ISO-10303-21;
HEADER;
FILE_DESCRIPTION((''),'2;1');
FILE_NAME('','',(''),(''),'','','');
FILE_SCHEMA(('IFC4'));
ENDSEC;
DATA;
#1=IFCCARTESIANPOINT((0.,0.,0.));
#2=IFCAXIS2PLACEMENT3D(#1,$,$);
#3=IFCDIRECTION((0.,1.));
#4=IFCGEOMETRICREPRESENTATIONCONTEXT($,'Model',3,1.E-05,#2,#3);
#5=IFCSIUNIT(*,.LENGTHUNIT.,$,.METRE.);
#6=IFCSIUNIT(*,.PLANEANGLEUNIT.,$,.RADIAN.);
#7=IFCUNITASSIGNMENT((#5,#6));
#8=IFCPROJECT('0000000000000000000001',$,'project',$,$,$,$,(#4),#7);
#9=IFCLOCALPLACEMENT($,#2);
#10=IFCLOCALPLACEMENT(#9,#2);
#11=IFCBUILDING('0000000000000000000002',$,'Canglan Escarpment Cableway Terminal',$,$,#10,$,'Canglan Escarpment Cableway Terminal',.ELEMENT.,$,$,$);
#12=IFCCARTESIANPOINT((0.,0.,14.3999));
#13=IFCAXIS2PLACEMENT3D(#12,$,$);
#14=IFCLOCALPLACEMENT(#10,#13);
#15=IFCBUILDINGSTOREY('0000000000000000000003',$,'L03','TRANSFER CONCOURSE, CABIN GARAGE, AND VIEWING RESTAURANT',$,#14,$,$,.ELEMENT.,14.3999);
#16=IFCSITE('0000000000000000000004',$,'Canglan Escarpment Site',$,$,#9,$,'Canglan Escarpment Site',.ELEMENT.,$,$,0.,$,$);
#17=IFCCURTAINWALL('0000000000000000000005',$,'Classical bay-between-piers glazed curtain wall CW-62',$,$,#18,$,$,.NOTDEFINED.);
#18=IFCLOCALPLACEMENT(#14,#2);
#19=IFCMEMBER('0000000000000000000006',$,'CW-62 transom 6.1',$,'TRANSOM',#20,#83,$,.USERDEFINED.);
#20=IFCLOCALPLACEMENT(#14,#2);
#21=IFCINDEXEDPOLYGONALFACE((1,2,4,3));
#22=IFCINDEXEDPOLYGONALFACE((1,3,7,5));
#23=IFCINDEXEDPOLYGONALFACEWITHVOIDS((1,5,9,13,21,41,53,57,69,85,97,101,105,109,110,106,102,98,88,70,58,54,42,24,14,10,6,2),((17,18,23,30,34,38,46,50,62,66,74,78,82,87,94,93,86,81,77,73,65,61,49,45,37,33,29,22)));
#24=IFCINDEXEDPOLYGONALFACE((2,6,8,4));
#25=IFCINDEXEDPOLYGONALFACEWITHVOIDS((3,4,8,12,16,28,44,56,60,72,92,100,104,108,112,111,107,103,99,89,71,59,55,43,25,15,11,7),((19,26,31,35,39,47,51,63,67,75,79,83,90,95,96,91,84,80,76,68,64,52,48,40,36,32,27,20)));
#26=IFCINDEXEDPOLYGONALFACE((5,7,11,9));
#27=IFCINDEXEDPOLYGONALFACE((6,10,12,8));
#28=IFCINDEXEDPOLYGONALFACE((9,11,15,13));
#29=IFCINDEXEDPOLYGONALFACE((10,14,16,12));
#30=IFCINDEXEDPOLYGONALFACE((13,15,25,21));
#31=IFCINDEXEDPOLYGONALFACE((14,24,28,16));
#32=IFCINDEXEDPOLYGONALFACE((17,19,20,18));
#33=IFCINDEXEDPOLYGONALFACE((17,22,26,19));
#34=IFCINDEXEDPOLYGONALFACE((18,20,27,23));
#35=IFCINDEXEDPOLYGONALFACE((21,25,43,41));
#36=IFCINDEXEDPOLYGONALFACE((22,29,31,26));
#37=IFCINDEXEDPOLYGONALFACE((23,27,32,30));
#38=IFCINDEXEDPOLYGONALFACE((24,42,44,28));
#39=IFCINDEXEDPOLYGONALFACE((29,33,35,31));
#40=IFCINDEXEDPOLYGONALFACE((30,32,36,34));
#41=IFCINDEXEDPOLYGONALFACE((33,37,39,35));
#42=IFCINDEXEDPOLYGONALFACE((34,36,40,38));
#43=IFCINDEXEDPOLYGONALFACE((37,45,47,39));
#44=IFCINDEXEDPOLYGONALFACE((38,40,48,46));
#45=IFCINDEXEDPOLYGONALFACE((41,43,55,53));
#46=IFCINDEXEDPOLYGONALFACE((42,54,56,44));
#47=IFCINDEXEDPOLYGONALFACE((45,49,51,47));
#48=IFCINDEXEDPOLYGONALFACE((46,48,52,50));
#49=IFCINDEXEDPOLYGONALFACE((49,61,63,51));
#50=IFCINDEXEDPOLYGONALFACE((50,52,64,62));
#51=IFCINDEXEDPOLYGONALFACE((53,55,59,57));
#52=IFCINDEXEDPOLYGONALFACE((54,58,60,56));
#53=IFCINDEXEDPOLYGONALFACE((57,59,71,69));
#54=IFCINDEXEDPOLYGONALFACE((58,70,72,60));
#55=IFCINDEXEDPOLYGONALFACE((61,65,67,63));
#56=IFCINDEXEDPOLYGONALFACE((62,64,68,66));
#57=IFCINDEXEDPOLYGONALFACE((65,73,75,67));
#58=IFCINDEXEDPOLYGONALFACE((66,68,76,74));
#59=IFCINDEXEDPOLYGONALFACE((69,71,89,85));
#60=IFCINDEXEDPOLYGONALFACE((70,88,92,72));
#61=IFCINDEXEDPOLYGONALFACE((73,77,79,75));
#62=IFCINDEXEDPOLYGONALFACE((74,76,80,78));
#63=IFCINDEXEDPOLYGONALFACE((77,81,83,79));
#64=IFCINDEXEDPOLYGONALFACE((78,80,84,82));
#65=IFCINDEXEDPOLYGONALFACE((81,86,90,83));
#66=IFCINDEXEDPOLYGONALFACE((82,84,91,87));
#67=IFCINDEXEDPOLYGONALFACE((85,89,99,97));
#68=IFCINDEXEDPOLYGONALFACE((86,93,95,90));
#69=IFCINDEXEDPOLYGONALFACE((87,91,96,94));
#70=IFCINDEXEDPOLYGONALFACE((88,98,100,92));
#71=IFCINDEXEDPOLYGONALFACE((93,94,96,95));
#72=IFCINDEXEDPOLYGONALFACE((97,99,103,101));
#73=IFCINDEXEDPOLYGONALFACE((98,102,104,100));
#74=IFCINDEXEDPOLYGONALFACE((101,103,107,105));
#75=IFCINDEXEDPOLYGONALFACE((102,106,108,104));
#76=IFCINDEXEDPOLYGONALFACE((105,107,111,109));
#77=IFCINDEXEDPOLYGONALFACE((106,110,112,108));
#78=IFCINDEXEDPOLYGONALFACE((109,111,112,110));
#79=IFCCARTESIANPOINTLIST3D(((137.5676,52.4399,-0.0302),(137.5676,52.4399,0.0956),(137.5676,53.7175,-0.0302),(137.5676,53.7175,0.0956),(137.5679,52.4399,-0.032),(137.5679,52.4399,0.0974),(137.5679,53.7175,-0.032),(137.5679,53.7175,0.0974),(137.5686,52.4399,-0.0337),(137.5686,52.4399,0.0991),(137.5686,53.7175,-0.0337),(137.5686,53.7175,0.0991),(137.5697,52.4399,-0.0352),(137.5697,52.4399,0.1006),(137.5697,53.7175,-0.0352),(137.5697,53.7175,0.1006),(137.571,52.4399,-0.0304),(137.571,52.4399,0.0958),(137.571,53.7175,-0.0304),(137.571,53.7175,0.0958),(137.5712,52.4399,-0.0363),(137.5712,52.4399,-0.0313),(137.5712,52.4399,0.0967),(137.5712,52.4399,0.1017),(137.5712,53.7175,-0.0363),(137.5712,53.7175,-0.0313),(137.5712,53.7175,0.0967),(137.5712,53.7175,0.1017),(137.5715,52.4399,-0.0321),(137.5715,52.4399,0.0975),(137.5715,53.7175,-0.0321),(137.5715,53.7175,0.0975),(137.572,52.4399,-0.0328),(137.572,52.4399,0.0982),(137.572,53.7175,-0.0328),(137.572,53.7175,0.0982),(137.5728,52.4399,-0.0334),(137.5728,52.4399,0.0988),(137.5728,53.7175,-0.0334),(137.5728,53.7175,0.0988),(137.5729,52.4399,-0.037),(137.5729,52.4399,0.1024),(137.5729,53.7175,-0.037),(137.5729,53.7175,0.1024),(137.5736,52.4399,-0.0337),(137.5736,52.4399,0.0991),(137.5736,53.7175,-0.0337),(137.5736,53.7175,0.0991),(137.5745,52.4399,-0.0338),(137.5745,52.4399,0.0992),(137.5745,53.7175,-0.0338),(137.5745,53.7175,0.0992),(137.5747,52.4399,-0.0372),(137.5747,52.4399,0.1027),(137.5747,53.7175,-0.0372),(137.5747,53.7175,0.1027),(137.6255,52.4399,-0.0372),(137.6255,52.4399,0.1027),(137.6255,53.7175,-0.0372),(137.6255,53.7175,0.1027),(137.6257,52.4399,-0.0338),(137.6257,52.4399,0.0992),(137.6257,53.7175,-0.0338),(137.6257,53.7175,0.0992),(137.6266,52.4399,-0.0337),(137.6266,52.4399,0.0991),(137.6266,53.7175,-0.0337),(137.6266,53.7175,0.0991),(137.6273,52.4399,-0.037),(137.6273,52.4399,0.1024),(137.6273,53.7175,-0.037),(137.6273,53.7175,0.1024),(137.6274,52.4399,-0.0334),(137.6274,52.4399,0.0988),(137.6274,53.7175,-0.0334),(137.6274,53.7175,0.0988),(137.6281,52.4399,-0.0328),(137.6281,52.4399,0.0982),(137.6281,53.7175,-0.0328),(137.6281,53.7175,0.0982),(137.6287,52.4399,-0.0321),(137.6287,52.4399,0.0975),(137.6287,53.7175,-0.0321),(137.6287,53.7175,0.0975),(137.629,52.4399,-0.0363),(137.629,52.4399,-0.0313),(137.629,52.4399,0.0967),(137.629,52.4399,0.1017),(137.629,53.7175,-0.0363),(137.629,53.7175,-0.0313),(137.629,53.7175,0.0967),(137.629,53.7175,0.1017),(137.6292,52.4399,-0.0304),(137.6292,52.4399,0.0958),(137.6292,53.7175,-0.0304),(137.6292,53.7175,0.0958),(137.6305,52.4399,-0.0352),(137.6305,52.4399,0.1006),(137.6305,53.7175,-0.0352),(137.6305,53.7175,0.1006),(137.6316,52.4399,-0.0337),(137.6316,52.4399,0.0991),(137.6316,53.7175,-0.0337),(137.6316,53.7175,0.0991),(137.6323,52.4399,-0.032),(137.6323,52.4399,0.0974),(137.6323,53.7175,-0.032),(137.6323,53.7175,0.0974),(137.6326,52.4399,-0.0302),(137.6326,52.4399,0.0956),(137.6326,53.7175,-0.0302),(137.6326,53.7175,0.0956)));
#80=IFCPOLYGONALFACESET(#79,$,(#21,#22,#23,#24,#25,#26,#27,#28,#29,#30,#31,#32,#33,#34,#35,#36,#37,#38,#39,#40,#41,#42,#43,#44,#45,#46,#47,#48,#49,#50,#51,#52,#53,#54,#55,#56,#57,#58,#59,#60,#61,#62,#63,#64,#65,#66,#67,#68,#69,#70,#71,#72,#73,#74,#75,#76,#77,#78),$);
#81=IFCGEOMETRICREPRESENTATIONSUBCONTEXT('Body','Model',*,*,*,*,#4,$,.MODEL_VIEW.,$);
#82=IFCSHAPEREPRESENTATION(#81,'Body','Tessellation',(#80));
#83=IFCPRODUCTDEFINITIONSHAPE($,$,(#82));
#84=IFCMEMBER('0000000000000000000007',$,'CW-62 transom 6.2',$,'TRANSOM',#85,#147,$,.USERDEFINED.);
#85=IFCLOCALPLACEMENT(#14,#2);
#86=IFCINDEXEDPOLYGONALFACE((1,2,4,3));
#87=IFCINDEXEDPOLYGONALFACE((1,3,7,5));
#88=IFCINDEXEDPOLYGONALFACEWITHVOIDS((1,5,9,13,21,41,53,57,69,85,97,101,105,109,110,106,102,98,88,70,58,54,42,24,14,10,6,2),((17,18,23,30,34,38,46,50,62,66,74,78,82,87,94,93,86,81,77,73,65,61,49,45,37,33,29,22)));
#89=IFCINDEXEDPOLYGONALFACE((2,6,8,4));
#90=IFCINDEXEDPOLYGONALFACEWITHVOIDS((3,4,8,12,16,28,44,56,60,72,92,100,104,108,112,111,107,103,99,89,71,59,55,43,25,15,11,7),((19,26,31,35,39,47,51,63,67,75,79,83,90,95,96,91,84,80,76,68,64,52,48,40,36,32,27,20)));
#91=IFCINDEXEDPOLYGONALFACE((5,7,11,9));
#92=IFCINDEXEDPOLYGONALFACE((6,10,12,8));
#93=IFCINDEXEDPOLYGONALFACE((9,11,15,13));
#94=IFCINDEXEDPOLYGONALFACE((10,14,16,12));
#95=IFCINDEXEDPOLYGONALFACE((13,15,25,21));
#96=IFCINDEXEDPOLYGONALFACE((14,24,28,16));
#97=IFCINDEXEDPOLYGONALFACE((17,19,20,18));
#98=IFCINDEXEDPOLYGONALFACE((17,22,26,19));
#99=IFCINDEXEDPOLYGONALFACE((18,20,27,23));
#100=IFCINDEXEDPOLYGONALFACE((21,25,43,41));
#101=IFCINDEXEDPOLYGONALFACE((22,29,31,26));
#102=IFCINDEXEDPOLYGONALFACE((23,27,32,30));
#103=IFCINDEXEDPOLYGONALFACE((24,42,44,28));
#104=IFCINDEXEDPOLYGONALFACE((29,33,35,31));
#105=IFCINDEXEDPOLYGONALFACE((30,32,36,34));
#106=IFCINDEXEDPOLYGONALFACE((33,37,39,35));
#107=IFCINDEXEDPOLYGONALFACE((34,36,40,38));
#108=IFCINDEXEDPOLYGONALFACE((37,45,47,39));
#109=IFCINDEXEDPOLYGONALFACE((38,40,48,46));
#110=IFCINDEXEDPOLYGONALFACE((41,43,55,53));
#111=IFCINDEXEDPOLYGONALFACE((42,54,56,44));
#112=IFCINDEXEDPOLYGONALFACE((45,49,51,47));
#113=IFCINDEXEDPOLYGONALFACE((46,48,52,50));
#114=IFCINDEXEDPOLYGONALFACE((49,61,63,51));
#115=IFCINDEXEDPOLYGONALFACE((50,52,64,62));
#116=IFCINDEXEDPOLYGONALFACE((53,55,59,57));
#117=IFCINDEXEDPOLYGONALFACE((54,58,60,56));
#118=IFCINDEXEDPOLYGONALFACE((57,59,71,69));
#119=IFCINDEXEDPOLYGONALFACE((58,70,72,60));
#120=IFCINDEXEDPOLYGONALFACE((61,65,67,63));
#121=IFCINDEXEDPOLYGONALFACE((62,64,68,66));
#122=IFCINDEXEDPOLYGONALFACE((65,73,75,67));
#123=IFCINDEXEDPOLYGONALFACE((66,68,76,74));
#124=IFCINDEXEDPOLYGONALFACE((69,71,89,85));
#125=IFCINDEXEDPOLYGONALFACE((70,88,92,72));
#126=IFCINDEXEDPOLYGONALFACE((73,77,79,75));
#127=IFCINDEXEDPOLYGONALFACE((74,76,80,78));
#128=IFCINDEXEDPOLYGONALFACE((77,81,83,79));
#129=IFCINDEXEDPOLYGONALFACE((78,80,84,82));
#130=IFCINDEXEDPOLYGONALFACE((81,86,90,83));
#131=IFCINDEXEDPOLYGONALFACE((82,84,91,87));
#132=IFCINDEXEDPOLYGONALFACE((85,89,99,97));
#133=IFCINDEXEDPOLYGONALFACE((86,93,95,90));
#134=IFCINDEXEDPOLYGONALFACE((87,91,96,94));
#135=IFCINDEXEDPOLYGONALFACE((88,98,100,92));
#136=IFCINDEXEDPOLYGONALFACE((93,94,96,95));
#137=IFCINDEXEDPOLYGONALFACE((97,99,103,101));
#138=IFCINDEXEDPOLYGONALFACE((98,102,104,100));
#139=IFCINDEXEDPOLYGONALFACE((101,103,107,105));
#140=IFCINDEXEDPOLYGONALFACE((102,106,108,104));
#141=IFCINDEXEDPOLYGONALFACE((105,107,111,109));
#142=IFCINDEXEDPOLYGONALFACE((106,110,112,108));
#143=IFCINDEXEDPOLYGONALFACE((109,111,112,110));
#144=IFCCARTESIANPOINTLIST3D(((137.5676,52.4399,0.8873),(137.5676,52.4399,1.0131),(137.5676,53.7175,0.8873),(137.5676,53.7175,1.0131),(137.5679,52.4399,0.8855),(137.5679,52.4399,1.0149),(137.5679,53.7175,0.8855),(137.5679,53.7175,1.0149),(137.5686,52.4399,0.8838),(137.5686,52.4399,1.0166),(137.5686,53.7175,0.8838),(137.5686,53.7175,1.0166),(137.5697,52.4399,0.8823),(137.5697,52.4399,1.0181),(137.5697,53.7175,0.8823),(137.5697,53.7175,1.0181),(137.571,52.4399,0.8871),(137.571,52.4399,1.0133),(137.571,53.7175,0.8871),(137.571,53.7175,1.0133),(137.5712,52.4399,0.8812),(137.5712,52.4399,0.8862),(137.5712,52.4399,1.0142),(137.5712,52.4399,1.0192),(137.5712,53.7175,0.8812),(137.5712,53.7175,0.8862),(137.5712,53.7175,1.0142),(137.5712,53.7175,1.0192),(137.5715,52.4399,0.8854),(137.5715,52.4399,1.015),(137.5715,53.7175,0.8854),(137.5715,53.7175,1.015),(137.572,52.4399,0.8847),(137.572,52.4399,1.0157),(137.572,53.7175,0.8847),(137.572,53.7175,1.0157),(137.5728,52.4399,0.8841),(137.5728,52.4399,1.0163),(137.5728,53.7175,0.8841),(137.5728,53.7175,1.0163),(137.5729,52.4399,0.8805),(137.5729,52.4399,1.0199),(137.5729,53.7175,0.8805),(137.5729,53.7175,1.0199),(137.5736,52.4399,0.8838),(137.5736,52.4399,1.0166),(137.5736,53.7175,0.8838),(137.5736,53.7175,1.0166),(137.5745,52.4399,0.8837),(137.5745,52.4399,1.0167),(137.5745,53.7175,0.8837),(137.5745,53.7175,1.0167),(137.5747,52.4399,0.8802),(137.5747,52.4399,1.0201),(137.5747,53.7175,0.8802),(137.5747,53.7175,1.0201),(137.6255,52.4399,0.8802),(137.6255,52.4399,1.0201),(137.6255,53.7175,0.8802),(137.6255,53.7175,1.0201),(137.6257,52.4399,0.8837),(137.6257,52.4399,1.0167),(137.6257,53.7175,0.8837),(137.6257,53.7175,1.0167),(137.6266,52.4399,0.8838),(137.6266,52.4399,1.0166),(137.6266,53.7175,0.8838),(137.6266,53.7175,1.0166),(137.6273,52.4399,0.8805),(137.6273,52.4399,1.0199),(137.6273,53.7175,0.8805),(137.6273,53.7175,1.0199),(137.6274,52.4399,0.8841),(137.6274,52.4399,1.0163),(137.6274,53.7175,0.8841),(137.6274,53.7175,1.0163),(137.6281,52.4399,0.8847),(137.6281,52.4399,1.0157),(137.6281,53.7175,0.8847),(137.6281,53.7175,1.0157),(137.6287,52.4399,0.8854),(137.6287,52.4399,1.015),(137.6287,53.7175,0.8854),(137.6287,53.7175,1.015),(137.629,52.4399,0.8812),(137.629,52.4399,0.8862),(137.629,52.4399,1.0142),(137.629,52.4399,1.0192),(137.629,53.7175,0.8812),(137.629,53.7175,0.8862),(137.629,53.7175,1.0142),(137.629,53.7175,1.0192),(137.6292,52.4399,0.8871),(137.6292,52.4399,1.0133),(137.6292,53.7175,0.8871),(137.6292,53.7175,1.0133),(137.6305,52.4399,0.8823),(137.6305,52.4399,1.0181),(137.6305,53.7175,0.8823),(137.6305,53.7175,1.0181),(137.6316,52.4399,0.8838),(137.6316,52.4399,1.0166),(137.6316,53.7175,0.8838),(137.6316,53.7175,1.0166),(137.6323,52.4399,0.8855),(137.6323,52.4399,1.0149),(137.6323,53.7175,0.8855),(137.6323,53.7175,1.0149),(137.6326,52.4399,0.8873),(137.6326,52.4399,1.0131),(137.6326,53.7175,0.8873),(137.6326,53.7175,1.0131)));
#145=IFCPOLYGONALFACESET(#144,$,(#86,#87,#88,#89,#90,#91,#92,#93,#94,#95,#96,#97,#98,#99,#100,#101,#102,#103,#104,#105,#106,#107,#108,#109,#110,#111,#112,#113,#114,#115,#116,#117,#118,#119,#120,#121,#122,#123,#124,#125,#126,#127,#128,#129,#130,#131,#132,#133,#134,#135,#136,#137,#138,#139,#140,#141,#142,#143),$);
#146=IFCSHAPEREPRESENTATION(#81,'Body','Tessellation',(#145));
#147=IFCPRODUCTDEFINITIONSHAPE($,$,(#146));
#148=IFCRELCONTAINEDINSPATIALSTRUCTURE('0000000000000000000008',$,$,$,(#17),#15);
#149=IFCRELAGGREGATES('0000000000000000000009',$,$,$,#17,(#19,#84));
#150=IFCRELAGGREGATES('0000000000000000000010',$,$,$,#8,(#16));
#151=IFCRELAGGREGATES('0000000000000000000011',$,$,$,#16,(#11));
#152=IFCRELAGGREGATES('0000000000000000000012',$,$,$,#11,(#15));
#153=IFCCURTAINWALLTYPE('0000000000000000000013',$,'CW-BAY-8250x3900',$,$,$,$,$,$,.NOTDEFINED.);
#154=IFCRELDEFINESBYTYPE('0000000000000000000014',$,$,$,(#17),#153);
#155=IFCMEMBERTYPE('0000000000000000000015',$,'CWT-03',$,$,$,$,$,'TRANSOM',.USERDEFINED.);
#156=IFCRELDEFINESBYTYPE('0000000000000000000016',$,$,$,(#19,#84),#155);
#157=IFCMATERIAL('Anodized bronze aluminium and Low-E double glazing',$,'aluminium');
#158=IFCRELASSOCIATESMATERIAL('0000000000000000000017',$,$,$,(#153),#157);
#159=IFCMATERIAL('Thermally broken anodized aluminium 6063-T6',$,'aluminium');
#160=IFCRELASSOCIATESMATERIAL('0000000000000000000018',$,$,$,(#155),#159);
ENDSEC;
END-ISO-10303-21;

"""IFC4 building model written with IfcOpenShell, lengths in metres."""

from ifc_helpers import new_model, si_unit, direction, frame, origin, origin_2d, place, context, subcontext, project, spatial, hollow_rectangle, extrude, material, material_profile, profile_set, type_object, element, aggregate, save


model = new_model("IFC4")

# Units and contexts
model_context = context("Model", 3, precision=1e-05, world=origin(), true_north=direction((0.0, 1.0)))
body_context = subcontext(model_context, "Body", "Model", "MODEL_VIEW")
ifc_project = project(units=[si_unit("LENGTHUNIT", "METRE"), si_unit("PLANEANGLEUNIT", "RADIAN")], contexts=[model_context])

# Site, building, storey
site_placement = place(None, origin())
site = spatial("IfcSite", under=ifc_project, at=site_placement, Name="Canglan Escarpment Site", LongName="Canglan Escarpment Site", CompositionType="ELEMENT", RefElevation=0.0)
building_placement = place(site_placement, origin())
building = spatial("IfcBuilding", under=site, at=building_placement, Name="Canglan Escarpment Cableway Terminal", LongName="Canglan Escarpment Cableway Terminal", CompositionType="ELEMENT")
storey_placement = place(building_placement, frame((0.0, 0.0, 14.3999)))
storey = spatial("IfcBuildingStorey", under=building, at=storey_placement, Name="L03", Description="TRANSFER CONCOURSE, CABIN GARAGE, AND VIEWING RESTAURANT", CompositionType="ELEMENT", Elevation=14.3999)

# Curtain wall, members
ifc_material_1 = material(Name="Anodized bronze aluminium and Low-E double glazing", Category="aluminium")
curtain_wall_type = type_object("IfcCurtainWallType", Name="CW-BAY-8250x3900", PredefinedType="NOTDEFINED", material=ifc_material_1)
curtain_wall_placement = place(storey_placement, origin())
curtain_wall = element("IfcCurtainWall", 1, at=curtain_wall_placement, inside=storey, type_object=curtain_wall_type, Name="Classical bay-between-piers glazed curtain wall CW-62", PredefinedType="NOTDEFINED")
ifc_material_2 = material(Name="Thermally broken anodized aluminium 6063-T6", Category="aluminium")
ifc_material_profile_1 = material_profile(ifc_material_2, hollow_rectangle(XDim=0.0649, YDim=0.1399, WallThickness=0.0034, InnerFilletRadius=0.0034, OuterFilletRadius=0.0071, at=origin_2d()), Name="ALU-TRAN 65x140x3.5")
ifc_profile_set_1 = profile_set([ifc_material_profile_1], Name="Thermally broken anodized aluminium 6063-T6")
member_type_1 = type_object("IfcMemberType", Name="CWT-03", ElementType="TRANSOM", PredefinedType="USERDEFINED", material=ifc_profile_set_1)
member_1_placement = place(storey_placement, frame((137.6001, 53.7175, 0.0327), z_axis=(0.0, -1.0, 0.0), x_axis=(1.0, 0.0, 0.0)))
member_1 = element("IfcMember", 2, at=member_1_placement, type_object=member_type_1, Name="CW-62 transom 6.1", ObjectType="TRANSOM", PredefinedType="USERDEFINED", context=body_context, shape_type="SweptSolid", body=[
    extrude(hollow_rectangle(XDim=0.0649, YDim=0.1399, WallThickness=0.0034, InnerFilletRadius=0.0034, OuterFilletRadius=0.0071, at=origin_2d()), origin(), (0.0, 0.0, 1.0), 1.2776),
])
member_2_placement = place(storey_placement, frame((137.6001, 53.7175, 0.9502), z_axis=(0.0, -1.0, 0.0), x_axis=(1.0, 0.0, 0.0)))
member_2 = element("IfcMember", 3, at=member_2_placement, type_object=member_type_1, Name="CW-62 transom 6.2", ObjectType="TRANSOM", PredefinedType="USERDEFINED", context=body_context, shape_type="SweptSolid", body=[
    extrude(hollow_rectangle(XDim=0.0649, YDim=0.1399, WallThickness=0.0034, InnerFilletRadius=0.0034, OuterFilletRadius=0.0071, at=origin_2d()), origin(), (0.0, 0.0, 1.0), 1.2776),
])
aggregate(curtain_wall, [member_1, member_2])

save(model, "model.ifc")
